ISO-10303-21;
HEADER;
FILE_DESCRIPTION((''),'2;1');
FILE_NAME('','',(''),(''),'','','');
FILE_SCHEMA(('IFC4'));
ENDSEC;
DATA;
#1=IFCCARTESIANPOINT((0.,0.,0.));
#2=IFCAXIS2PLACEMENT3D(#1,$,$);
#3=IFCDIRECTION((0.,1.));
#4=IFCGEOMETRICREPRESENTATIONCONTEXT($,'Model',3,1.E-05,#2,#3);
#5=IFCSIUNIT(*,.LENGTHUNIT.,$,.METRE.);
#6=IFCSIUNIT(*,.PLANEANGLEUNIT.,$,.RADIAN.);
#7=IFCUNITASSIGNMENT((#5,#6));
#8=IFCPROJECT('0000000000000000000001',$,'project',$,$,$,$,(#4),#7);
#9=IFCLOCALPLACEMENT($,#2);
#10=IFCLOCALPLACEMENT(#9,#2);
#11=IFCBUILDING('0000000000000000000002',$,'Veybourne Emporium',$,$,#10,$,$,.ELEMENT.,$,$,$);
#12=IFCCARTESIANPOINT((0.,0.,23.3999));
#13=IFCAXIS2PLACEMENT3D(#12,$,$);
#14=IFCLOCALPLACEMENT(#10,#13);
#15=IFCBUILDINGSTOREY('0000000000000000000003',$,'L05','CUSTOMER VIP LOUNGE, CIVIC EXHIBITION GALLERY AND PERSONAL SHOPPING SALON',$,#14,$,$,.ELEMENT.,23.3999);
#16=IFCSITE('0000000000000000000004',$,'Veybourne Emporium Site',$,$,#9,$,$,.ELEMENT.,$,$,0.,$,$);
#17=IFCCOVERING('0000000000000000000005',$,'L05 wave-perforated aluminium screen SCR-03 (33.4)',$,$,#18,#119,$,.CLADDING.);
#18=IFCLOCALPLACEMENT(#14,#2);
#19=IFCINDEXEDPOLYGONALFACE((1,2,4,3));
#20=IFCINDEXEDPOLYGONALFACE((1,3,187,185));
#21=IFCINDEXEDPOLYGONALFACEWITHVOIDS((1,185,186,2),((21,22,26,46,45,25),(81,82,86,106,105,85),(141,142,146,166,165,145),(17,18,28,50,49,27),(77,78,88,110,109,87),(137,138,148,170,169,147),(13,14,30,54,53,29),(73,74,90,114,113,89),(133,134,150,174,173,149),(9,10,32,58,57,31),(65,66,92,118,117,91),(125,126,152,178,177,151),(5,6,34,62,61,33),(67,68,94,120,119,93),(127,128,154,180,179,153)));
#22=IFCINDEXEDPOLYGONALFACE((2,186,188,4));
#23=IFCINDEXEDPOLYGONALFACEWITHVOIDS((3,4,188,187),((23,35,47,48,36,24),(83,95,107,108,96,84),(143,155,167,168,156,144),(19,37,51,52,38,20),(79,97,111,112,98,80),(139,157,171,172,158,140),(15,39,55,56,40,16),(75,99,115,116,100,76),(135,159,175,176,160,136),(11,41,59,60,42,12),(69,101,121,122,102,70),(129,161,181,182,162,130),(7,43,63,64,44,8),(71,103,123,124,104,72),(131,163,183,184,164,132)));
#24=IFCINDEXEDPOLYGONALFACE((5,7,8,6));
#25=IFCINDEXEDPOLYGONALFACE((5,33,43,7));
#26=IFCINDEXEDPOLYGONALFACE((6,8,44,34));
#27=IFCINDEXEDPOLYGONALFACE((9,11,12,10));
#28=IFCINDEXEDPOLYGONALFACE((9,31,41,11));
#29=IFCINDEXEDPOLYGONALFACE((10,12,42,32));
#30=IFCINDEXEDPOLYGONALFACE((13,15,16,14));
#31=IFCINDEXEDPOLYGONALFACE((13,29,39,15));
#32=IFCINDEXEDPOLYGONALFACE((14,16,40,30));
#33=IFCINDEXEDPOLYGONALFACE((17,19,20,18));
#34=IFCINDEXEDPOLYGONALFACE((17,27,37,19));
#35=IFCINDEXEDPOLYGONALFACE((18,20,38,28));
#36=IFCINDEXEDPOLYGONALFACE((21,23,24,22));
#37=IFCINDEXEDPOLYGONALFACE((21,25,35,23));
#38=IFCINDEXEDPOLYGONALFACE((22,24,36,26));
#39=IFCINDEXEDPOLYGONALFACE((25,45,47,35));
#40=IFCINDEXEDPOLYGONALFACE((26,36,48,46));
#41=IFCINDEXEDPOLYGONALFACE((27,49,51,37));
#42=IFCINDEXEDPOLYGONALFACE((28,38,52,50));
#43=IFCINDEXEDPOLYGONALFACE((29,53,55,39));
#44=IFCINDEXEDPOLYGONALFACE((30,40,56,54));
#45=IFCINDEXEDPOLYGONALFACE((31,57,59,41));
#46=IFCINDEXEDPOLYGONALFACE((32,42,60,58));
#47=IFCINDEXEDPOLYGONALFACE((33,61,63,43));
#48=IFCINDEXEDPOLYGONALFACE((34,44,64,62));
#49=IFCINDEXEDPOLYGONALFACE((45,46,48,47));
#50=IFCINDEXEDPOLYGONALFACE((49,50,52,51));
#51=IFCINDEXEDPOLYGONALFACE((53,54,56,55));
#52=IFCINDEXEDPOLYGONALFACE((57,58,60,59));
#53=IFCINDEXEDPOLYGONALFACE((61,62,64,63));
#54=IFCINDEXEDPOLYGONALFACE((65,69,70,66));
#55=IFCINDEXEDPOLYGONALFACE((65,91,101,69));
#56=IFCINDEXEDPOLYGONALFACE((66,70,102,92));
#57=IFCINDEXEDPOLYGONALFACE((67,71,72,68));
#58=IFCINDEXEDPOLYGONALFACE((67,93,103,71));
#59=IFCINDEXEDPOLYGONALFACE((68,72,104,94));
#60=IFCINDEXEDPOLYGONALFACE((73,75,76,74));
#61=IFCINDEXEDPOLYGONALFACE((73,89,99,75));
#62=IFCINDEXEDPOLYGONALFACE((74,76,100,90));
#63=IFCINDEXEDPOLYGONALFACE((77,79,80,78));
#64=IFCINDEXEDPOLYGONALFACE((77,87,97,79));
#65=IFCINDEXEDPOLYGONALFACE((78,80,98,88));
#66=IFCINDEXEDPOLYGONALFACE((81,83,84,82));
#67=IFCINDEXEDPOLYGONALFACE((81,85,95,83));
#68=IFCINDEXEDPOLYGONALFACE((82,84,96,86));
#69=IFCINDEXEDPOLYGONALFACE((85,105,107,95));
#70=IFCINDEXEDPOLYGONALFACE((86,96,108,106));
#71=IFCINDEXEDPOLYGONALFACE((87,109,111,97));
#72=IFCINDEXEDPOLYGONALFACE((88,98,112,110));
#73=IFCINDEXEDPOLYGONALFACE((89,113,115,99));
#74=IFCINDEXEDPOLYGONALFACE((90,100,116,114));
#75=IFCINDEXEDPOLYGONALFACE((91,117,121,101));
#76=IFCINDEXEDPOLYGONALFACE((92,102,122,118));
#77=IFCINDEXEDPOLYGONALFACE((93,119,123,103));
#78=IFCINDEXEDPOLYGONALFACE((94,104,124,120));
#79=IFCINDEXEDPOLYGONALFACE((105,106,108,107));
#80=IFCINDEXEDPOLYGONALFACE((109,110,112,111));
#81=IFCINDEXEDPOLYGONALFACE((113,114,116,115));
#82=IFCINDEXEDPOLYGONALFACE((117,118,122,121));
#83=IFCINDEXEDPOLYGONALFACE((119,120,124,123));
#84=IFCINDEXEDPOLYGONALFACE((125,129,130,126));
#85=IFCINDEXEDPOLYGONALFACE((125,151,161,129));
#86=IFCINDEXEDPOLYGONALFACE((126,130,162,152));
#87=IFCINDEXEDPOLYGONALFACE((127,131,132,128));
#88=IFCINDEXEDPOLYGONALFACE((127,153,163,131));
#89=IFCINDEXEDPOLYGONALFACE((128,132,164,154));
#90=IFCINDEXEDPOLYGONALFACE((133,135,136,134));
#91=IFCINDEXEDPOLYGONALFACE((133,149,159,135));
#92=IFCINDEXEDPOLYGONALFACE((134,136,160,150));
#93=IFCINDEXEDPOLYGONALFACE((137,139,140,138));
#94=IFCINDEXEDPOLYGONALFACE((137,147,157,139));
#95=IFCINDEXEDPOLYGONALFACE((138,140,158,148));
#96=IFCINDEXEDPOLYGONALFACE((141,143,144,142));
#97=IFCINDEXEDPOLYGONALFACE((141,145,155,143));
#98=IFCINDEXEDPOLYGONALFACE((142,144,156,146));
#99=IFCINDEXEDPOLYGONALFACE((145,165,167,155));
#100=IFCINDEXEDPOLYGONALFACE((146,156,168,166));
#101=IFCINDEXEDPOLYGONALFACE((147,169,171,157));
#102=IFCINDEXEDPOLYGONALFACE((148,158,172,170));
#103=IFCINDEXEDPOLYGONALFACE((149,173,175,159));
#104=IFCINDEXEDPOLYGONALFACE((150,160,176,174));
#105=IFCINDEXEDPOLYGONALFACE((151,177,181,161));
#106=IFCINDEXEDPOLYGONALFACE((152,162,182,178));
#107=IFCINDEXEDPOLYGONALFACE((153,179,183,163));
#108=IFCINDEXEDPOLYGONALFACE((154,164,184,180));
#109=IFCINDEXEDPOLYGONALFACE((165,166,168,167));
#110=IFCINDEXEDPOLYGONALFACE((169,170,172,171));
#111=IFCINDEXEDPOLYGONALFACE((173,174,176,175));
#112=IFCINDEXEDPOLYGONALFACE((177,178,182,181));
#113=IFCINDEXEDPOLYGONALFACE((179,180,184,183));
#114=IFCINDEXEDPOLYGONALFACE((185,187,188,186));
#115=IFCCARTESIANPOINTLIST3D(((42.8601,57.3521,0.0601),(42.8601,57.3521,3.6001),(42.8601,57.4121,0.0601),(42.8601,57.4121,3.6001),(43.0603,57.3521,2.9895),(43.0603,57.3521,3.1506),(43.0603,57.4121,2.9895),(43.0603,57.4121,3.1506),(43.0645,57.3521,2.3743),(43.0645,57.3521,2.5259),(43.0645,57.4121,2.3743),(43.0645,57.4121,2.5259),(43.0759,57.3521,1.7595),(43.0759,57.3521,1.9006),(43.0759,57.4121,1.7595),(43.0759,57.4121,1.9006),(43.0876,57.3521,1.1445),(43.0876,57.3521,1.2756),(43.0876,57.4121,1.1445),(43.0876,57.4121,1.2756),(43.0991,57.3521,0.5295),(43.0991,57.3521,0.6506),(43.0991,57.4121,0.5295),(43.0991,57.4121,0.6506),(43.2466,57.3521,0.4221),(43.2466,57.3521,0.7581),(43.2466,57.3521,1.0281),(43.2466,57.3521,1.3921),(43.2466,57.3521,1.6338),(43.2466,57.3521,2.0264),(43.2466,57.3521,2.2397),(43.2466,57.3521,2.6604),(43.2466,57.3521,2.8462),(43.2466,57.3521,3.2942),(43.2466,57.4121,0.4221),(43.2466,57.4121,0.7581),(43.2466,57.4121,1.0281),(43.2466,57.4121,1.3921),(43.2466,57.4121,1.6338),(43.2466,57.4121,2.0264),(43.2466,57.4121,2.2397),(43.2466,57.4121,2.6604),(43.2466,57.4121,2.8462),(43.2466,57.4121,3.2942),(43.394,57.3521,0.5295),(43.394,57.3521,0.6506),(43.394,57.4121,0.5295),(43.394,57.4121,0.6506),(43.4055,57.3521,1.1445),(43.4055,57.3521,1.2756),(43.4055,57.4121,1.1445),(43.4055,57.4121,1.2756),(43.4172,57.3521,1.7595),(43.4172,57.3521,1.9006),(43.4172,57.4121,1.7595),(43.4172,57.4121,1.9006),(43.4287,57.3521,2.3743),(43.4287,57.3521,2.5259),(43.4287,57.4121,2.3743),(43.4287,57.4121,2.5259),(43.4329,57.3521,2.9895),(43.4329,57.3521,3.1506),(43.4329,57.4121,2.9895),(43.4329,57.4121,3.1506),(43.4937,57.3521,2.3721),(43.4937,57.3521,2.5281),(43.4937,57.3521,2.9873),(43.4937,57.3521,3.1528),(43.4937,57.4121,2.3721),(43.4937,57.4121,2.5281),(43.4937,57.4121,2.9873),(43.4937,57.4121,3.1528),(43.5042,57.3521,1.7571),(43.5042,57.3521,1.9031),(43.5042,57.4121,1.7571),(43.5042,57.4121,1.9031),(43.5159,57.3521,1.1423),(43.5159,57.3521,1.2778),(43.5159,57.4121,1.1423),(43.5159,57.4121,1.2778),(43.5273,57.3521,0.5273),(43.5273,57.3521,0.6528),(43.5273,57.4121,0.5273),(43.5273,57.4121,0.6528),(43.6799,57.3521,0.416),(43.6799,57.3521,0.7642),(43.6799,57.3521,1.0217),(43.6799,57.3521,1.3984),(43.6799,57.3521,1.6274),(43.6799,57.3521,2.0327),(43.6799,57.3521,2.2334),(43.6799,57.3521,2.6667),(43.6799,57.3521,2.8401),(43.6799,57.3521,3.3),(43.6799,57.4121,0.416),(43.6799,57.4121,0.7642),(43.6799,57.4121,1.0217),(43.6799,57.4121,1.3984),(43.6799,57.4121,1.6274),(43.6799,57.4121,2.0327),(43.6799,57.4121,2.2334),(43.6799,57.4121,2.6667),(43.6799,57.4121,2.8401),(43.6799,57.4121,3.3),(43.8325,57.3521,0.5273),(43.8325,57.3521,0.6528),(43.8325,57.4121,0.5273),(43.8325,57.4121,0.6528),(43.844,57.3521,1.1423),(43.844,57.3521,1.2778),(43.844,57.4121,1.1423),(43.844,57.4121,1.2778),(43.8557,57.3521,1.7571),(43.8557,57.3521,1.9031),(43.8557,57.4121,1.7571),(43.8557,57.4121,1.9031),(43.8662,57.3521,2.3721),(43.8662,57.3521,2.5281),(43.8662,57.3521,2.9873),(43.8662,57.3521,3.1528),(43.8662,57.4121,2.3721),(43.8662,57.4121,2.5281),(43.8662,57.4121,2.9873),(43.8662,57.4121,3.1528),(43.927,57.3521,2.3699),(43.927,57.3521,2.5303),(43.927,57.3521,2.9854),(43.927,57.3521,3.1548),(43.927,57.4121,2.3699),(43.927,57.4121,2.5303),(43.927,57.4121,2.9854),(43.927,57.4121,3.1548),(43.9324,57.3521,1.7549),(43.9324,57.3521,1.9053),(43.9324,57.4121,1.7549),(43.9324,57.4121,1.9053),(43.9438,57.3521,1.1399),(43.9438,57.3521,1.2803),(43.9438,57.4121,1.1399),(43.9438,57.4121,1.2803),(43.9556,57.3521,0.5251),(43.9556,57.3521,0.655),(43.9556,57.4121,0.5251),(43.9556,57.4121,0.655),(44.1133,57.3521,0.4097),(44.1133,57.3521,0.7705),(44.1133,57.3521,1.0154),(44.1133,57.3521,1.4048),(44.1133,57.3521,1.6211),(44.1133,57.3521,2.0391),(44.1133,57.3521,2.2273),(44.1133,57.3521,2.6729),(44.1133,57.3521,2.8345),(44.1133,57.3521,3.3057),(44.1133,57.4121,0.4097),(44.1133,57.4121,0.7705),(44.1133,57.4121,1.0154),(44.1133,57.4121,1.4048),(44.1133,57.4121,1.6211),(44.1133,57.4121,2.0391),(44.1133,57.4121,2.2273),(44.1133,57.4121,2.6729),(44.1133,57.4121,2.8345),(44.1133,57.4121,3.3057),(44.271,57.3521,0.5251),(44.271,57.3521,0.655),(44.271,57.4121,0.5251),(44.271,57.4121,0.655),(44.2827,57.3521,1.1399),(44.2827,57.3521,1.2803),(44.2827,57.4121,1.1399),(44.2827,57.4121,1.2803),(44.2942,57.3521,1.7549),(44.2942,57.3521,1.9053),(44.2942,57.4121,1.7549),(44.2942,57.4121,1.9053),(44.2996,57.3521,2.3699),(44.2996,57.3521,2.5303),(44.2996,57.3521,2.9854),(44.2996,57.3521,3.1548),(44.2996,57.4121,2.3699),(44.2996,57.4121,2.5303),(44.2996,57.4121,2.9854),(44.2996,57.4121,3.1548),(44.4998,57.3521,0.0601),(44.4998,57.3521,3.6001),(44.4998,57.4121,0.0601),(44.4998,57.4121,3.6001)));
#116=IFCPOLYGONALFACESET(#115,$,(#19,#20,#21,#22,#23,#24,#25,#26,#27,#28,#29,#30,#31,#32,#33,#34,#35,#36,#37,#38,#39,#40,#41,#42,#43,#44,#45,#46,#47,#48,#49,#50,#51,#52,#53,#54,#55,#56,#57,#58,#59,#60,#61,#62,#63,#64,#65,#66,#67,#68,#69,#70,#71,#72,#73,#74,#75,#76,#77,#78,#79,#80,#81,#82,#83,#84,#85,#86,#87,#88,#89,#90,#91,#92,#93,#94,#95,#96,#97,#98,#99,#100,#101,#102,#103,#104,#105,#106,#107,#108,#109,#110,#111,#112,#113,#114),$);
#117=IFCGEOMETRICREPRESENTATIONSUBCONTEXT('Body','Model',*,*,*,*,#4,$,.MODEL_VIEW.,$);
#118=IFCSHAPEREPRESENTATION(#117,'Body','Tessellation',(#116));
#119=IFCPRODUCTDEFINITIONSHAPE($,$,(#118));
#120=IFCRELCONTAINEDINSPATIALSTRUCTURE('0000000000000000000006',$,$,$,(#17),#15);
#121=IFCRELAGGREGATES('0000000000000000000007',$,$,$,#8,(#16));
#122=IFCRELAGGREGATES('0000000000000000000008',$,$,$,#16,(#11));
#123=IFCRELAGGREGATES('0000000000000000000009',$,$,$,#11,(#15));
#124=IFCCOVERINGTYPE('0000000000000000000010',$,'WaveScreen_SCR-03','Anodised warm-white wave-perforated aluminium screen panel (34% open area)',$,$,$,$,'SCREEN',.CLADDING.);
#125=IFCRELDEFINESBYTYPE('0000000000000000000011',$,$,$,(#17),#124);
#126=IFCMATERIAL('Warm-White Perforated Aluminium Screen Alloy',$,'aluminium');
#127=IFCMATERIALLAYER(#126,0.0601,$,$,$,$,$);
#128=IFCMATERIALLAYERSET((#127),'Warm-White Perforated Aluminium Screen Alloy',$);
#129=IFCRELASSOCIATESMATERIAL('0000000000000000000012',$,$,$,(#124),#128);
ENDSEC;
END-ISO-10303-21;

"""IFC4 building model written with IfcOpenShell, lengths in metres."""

from ifc_helpers import new_model, si_unit, direction, frame, origin, place, context, subcontext, project, spatial, polyline, outline, extrude, material, layer, layer_set, type_object, element, save


model = new_model("IFC4")

# Units and contexts
model_context = context("Model", 3, precision=1e-05, world=origin(), true_north=direction((0.0, 1.0)))
body_context = subcontext(model_context, "Body", "Model", "MODEL_VIEW")
ifc_project = project(units=[si_unit("LENGTHUNIT", "METRE"), si_unit("PLANEANGLEUNIT", "RADIAN")], contexts=[model_context])

# Site, building, storey
site_placement = place(None, origin())
site = spatial("IfcSite", under=ifc_project, at=site_placement, Name="Veybourne Emporium Site", CompositionType="ELEMENT", RefElevation=0.0)
building_placement = place(site_placement, origin())
building = spatial("IfcBuilding", under=site, at=building_placement, Name="Veybourne Emporium", CompositionType="ELEMENT")
storey_placement = place(building_placement, frame((0.0, 0.0, 23.3999)))
storey = spatial("IfcBuildingStorey", under=building, at=storey_placement, Name="L05", Description="CUSTOMER VIP LOUNGE, CIVIC EXHIBITION GALLERY AND PERSONAL SHOPPING SALON", CompositionType="ELEMENT", Elevation=23.3999)

# Covering
ifc_material_1 = material(Name="Warm-White Perforated Aluminium Screen Alloy", Category="aluminium")
ifc_layer_1 = layer(ifc_material_1, 0.0601)
ifc_layer_set_1 = layer_set([ifc_layer_1], Name="Warm-White Perforated Aluminium Screen Alloy")
covering_type_1 = type_object("IfcCoveringType", Name="WaveScreen_SCR-03", Description="Anodised warm-white wave-perforated aluminium screen panel (34% open area)", ElementType="SCREEN", PredefinedType="CLADDING", material=ifc_layer_set_1)
covering_1_placement = place(storey_placement, frame((43.6799, 57.3521, 1.8301), z_axis=(0.0, 1.0, 0.0), x_axis=(-1.0, 0.0, 0.0)))
element("IfcCovering", 1, at=covering_1_placement, inside=storey, type_object=covering_type_1, Name="L05 wave-perforated aluminium screen SCR-03 (33.4)", PredefinedType="CLADDING", context=body_context, shape_type="SweptSolid", body=[
    extrude(outline(polyline([(-0.8198, -1.77), (0.8198, -1.77), (0.8198, 1.77), (-0.8198, 1.77), (-0.8198, -1.77)]), holes=[polyline([(-0.4333, -1.0596), (-0.2756, -1.175), (-0.2756, -1.3049), (-0.4333, -1.4204), (-0.5911, -1.3049), (-0.5911, -1.175), (-0.4333, -1.0596)]), polyline([(-0.4333, -0.4253), (-0.2639, -0.5498), (-0.2639, -0.6902), (-0.4333, -0.8147), (-0.6028, -0.6902), (-0.6028, -0.5498), (-0.4333, -0.4253)]), polyline([(-0.4333, 0.209), (-0.2524, 0.0752), (-0.2524, -0.0752), (-0.4333, -0.209), (-0.6143, -0.0752), (-0.6143, 0.0752), (-0.4333, 0.209)]), polyline([(-0.4333, 0.8428), (-0.2471, 0.7002), (-0.2471, 0.5398), (-0.4333, 0.3972), (-0.6196, 0.5398), (-0.6196, 0.7002), (-0.4333, 0.8428)]), polyline([(-0.4333, 1.4756), (-0.2471, 1.3247), (-0.2471, 1.1553), (-0.4333, 1.0044), (-0.6196, 1.1553), (-0.6196, 1.3247), (-0.4333, 1.4756)]), polyline([(0.0, -1.0659), (0.1526, -1.1772), (0.1526, -1.3027), (0.0, -1.4141), (-0.1526, -1.3027), (-0.1526, -1.1772), (0.0, -1.0659)]), polyline([(0.0, -0.4316), (0.1641, -0.5522), (0.1641, -0.6877), (0.0, -0.8083), (-0.1641, -0.6877), (-0.1641, -0.5522), (0.0, -0.4316)]), polyline([(0.0, 0.2026), (0.1758, 0.073), (0.1758, -0.073), (0.0, -0.2026), (-0.1758, -0.073), (-0.1758, 0.073), (0.0, 0.2026)]), polyline([(0.0, 0.8367), (0.1863, 0.698), (0.1863, 0.542), (0.0, 0.4033), (-0.1863, 0.542), (-0.1863, 0.698), (0.0, 0.8367)]), polyline([(0.0, 1.47), (0.1863, 1.3228), (0.1863, 1.1572), (0.0, 1.01), (-0.1863, 1.1572), (-0.1863, 1.3228), (0.0, 1.47)]), polyline([(0.4333, -1.072), (0.5808, -1.1794), (0.5808, -1.3005), (0.4333, -1.408), (0.2859, -1.3005), (0.2859, -1.1794), (0.4333, -1.072)]), polyline([(0.4333, -0.438), (0.5923, -0.5544), (0.5923, -0.6855), (0.4333, -0.802), (0.2744, -0.6855), (0.2744, -0.5544), (0.4333, -0.438)]), polyline([(0.4333, 0.1963), (0.604, 0.0706), (0.604, -0.0706), (0.4333, -0.1963), (0.2627, -0.0706), (0.2627, 0.0706), (0.4333, 0.1963)]), polyline([(0.4333, 0.8303), (0.6155, 0.6958), (0.6155, 0.5442), (0.4333, 0.4097), (0.2512, 0.5442), (0.2512, 0.6958), (0.4333, 0.8303)]), polyline([(0.4333, 1.4641), (0.6196, 1.3206), (0.6196, 1.1594), (0.4333, 1.0161), (0.2471, 1.1594), (0.2471, 1.3206), (0.4333, 1.4641)])]), origin(), (0.0, 0.0, 1.0), 0.0601),
])

save(model, "model.ifc")
